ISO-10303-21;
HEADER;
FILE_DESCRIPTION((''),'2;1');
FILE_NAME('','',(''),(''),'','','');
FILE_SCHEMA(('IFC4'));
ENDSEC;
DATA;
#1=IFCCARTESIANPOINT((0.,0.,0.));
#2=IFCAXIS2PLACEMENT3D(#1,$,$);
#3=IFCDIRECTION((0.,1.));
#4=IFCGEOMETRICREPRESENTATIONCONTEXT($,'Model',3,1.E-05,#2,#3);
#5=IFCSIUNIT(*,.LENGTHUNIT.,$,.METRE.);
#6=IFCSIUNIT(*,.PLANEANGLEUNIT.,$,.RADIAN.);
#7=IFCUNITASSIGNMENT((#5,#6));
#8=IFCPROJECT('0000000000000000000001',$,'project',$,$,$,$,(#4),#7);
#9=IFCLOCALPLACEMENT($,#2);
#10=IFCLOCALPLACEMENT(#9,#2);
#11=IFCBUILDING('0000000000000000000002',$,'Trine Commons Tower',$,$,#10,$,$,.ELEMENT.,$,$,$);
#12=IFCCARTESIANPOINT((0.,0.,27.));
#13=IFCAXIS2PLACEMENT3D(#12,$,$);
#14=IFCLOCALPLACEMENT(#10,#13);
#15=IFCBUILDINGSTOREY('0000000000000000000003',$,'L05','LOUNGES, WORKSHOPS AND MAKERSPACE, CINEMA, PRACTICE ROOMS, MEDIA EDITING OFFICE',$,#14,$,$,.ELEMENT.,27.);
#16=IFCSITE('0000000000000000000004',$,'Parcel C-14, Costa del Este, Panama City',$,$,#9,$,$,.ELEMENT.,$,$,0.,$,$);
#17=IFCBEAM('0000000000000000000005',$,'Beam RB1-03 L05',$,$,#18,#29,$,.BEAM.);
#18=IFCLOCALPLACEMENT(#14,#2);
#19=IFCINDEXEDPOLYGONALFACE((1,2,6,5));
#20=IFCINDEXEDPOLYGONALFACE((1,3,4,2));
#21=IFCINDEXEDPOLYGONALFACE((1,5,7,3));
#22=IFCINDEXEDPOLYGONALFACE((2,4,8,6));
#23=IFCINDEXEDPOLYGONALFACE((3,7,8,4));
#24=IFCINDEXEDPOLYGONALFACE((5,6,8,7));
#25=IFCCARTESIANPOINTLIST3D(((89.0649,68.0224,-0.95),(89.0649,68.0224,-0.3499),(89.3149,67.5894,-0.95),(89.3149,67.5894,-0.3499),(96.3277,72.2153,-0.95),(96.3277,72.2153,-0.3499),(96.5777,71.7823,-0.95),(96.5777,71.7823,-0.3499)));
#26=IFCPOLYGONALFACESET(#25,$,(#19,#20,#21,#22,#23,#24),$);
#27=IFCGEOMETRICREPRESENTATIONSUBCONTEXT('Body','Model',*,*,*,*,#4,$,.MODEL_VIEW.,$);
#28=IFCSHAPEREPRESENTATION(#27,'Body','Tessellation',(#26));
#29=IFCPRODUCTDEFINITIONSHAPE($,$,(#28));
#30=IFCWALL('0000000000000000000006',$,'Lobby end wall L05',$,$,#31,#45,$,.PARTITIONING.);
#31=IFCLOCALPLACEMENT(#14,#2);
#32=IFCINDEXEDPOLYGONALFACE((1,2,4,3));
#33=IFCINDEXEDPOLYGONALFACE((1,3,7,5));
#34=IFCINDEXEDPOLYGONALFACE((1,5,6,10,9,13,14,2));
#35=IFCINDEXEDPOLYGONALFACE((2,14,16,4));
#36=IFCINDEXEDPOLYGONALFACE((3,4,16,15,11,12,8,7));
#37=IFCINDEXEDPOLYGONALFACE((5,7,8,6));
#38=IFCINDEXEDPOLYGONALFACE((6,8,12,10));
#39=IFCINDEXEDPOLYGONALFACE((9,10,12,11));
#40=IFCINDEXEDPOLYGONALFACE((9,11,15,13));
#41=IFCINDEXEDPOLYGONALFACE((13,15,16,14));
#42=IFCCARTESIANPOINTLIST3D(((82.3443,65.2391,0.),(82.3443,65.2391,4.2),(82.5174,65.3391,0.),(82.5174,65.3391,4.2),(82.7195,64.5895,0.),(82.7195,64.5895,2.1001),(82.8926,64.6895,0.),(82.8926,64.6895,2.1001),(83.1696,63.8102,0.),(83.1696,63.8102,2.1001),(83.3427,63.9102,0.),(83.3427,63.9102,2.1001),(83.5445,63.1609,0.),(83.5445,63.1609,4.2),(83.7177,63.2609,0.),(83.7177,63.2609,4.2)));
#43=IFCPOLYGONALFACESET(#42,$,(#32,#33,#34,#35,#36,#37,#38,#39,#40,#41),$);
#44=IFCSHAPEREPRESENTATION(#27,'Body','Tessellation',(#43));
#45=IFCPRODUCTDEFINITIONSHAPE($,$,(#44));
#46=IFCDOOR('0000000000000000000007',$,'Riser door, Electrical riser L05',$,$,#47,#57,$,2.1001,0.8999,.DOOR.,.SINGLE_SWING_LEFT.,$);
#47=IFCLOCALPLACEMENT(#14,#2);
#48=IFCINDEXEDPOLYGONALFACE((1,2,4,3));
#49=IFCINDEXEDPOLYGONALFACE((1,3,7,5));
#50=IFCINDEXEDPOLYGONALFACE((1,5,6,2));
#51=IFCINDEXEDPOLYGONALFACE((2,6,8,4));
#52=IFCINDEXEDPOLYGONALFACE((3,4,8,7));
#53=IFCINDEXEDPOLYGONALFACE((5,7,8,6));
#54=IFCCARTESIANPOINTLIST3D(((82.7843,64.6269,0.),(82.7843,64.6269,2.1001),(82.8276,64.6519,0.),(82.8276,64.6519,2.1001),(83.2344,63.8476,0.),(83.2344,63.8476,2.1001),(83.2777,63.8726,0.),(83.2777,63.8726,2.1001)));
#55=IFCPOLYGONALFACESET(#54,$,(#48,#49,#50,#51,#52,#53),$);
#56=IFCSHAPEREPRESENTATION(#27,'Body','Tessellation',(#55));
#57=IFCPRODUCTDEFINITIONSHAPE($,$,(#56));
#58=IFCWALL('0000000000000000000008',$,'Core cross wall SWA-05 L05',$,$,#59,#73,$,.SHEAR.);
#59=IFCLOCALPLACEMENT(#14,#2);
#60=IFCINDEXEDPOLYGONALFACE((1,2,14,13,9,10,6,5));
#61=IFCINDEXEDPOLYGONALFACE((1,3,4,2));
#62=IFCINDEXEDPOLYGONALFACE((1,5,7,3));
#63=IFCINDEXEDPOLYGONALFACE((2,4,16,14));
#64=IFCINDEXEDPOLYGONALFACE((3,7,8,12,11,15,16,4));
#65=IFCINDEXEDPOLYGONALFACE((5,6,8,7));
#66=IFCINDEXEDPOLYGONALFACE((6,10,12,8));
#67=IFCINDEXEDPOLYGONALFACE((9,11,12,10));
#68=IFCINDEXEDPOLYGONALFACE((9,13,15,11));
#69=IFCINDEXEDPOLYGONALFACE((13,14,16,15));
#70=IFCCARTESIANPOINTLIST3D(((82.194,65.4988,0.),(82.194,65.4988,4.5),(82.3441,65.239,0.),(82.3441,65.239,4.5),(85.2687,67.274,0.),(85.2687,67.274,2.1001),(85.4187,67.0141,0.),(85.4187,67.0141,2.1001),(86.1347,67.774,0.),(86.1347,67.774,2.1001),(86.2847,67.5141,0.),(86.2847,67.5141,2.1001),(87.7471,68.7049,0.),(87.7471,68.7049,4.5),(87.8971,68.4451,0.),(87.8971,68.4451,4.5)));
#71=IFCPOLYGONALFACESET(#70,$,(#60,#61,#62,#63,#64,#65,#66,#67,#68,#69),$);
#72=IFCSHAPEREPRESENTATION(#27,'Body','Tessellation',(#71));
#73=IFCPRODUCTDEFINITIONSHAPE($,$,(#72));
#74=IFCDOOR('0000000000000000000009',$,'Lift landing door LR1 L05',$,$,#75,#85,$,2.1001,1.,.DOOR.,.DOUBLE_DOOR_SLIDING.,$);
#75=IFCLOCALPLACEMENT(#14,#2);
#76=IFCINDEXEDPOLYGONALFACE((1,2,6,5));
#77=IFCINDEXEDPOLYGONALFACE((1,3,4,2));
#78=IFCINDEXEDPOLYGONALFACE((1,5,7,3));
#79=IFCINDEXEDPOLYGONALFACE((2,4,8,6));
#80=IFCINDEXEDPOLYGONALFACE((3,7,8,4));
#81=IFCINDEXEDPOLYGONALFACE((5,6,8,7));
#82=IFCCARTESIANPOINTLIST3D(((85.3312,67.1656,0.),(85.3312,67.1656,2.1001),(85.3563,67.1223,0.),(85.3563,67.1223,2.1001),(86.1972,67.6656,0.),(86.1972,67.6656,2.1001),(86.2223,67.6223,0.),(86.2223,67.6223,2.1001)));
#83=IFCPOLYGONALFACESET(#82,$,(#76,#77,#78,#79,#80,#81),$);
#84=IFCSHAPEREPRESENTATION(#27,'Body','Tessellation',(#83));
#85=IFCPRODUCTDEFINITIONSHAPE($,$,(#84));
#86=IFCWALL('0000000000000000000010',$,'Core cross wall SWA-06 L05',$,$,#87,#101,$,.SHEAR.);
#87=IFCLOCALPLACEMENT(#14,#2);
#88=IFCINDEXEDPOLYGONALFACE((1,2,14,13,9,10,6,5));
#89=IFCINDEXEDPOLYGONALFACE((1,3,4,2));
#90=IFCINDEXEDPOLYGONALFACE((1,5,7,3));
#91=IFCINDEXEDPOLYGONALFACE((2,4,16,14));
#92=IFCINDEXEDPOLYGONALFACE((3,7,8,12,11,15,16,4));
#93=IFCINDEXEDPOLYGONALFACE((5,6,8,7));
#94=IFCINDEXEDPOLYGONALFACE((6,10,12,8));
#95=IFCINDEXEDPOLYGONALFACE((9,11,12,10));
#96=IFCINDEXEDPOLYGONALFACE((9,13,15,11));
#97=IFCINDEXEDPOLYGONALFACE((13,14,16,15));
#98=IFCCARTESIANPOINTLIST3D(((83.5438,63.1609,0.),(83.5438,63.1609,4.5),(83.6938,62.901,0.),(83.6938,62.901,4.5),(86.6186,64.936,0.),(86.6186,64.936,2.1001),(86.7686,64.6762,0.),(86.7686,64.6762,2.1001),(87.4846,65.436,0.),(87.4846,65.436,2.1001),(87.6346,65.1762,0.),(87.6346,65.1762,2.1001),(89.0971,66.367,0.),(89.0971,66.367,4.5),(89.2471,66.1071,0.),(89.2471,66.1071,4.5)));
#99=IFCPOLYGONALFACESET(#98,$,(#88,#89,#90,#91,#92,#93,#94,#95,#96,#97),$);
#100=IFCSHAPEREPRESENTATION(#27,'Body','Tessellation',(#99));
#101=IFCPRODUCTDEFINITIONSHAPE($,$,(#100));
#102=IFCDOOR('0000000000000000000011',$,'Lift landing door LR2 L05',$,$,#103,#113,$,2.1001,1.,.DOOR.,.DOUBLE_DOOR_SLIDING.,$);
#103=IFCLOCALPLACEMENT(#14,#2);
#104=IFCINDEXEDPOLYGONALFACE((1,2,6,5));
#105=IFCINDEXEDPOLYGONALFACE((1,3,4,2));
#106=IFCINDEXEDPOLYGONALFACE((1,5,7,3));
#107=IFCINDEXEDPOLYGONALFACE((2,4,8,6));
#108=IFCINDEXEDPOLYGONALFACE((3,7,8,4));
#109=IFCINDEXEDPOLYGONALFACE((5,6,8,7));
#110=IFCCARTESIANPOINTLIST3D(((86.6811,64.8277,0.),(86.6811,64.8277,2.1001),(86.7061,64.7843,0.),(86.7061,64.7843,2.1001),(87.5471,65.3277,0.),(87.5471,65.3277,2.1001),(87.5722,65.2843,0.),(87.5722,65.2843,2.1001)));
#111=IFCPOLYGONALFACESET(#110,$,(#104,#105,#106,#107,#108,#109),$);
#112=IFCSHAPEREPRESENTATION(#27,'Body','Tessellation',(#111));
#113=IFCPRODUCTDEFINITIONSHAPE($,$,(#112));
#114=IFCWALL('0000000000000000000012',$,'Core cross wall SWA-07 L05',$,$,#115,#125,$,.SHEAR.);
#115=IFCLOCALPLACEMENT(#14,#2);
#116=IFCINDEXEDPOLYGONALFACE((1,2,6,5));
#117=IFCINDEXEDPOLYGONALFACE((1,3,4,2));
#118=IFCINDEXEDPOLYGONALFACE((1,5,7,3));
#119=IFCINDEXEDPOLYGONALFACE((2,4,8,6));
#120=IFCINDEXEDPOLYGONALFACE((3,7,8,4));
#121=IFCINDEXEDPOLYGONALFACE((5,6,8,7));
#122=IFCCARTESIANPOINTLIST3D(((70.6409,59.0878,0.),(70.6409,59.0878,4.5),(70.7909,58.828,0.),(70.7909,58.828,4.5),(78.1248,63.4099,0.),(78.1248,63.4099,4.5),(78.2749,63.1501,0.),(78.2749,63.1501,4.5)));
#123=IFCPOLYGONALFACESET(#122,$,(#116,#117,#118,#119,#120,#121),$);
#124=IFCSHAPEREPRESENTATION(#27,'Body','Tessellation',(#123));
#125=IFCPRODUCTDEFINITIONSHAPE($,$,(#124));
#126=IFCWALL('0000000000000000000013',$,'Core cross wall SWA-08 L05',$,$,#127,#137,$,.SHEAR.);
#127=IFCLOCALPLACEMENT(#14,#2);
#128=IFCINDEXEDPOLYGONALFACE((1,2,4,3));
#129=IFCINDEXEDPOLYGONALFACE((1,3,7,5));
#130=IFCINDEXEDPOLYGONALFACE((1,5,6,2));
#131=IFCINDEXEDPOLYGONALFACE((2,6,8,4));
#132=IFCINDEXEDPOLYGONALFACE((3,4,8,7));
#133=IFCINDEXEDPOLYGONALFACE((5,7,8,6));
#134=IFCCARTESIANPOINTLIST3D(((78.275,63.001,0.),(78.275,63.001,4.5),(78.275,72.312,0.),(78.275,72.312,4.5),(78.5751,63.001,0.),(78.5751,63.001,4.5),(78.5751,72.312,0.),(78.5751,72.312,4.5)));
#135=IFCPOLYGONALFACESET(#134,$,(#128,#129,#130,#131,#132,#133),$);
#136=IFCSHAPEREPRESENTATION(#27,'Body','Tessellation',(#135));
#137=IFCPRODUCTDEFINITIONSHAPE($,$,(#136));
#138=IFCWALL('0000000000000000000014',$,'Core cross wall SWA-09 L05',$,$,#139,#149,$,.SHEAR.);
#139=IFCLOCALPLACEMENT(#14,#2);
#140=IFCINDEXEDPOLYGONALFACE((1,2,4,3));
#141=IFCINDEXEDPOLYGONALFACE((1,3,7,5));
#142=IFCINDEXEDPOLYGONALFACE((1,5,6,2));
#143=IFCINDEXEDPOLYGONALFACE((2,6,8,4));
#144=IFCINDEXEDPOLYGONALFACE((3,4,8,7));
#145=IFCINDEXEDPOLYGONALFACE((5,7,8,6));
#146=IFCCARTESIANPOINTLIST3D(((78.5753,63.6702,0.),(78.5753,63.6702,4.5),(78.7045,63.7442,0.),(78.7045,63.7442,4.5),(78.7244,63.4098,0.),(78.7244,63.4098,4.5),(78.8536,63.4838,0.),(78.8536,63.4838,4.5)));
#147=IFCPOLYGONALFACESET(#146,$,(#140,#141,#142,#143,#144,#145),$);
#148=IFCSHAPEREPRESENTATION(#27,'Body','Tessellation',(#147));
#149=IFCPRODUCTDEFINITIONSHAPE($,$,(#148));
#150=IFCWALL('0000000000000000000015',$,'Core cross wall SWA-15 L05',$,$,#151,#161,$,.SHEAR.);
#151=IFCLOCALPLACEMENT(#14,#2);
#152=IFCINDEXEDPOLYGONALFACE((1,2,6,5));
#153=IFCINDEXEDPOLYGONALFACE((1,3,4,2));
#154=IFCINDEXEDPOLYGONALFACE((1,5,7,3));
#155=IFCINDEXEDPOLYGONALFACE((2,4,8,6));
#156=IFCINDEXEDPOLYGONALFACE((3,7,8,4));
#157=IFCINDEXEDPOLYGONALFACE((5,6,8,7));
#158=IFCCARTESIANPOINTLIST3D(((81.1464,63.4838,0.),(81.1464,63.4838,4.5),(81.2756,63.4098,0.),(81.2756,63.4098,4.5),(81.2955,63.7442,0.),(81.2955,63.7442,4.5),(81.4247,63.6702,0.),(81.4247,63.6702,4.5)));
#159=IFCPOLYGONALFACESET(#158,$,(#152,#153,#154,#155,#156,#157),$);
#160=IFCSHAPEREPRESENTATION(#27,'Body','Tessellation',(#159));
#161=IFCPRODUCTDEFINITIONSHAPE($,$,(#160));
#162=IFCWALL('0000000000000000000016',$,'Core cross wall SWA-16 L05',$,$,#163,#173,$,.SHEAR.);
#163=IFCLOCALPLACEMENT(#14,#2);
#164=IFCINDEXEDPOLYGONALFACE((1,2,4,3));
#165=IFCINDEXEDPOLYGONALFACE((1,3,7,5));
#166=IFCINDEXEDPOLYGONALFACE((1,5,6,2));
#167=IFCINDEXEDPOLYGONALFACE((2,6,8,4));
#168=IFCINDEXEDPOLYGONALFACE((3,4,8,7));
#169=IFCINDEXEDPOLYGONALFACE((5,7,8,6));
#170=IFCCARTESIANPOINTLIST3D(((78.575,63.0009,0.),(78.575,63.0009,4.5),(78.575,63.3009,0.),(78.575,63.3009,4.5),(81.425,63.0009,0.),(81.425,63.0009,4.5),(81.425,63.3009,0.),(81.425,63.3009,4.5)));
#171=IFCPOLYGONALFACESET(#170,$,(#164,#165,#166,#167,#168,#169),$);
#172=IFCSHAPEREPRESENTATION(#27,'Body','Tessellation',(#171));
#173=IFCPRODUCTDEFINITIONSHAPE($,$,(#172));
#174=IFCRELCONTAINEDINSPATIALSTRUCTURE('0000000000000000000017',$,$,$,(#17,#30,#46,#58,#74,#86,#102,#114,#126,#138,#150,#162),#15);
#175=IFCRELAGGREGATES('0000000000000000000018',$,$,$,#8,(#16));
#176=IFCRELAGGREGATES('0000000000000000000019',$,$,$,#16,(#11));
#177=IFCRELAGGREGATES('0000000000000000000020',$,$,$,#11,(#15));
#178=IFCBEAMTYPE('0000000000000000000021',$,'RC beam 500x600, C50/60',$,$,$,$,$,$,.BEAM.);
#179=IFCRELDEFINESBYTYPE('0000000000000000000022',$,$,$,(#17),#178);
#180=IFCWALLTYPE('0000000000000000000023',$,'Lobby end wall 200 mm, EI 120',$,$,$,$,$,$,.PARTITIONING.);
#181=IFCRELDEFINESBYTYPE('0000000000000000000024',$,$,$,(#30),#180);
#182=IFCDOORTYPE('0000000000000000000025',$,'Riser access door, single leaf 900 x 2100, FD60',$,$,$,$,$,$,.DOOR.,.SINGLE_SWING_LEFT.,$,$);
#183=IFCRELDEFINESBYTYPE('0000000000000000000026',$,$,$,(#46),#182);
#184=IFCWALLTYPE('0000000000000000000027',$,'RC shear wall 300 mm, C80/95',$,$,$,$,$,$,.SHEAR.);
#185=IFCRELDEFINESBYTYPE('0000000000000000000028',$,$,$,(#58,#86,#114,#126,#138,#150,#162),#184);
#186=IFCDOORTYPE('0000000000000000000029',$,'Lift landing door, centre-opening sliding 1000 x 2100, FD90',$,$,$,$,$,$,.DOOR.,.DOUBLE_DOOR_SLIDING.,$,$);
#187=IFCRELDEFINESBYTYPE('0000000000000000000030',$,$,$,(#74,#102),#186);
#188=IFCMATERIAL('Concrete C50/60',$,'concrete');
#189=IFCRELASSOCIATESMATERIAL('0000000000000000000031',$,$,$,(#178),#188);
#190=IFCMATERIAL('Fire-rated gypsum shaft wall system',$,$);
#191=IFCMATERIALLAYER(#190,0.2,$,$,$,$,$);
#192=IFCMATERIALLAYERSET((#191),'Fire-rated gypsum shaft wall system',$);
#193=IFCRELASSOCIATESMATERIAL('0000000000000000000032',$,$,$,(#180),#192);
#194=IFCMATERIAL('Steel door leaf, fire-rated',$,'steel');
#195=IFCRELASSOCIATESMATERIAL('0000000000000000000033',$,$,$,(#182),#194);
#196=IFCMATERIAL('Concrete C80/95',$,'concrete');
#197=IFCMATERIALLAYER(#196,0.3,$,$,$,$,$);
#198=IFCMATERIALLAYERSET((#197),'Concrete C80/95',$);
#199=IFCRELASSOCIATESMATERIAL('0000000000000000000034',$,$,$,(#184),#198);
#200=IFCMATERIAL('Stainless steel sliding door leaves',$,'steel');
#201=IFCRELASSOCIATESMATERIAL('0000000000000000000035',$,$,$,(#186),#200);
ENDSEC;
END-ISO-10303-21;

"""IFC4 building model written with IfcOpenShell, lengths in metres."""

from ifc_helpers import new_model, si_unit, direction, frame, frame_2d, origin, origin_2d, place, context, subcontext, project, spatial, rectangle, extrude, material, layer, layer_set, material_profile, profile_set, type_object, element, fill, save


model = new_model("IFC4")

# Units and contexts
model_context = context("Model", 3, precision=1e-05, world=origin(), true_north=direction((0.0, 1.0)))
body_context = subcontext(model_context, "Body", "Model", "MODEL_VIEW")
ifc_project = project(units=[si_unit("LENGTHUNIT", "METRE"), si_unit("PLANEANGLEUNIT", "RADIAN")], contexts=[model_context])

# Site, building, storey
site_placement = place(None, origin())
site = spatial("IfcSite", under=ifc_project, at=site_placement, Name="Parcel C-14, Costa del Este, Panama City", CompositionType="ELEMENT", RefElevation=0.0)
building_placement = place(site_placement, origin())
building = spatial("IfcBuilding", under=site, at=building_placement, Name="Trine Commons Tower", CompositionType="ELEMENT")
storey_placement = place(building_placement, frame((0.0, 0.0, 27.0)))
storey = spatial("IfcBuildingStorey", under=building, at=storey_placement, Name="L05", Description="LOUNGES, WORKSHOPS AND MAKERSPACE, CINEMA, PRACTICE ROOMS, MEDIA EDITING OFFICE", CompositionType="ELEMENT", Elevation=27.0)

# Beam
ifc_material_1 = material(Name="Concrete C50/60", Category="concrete")
ifc_material_profile = material_profile(ifc_material_1, rectangle(XDim=0.5, YDim=0.6001, at=origin_2d()), Name="RC 500x600")
ifc_profile_set = profile_set([ifc_material_profile], Name="Concrete C50/60")
beam_type = type_object("IfcBeamType", Name="RC beam 500x600, C50/60", PredefinedType="BEAM", material=ifc_profile_set)
beam_placement = place(storey_placement, frame((89.1899, 67.8059, -0.6499), z_axis=(0.866038, 0.499978, 0.0), x_axis=(-0.499978, 0.866038, 0.0)))
element("IfcBeam", 1, at=beam_placement, inside=storey, type_object=beam_type, Name="Beam RB1-03 L05", PredefinedType="BEAM", context=body_context, shape_type="SweptSolid", body=[
    extrude(rectangle(XDim=0.5, YDim=0.6001, at=origin_2d()), origin(), (0.0, 0.0, 1.0), 8.3862),
])

# Walls, openings, doors
ifc_material_2 = material(Name="Fire-rated gypsum shaft wall system")
ifc_layer_1 = layer(ifc_material_2, 0.2)
ifc_layer_set_1 = layer_set([ifc_layer_1], Name="Fire-rated gypsum shaft wall system")
wall_type_1 = type_object("IfcWallType", Name="Lobby end wall 200 mm, EI 120", PredefinedType="PARTITIONING", material=ifc_layer_set_1)
wall_1_placement = place(storey_placement, frame((83.6311, 63.2109, 0.0), z_axis=(0.0, 0.0, 1.0), x_axis=(-0.500122, 0.865955, 0.0)))
wall_1 = element("IfcWall", 2, at=wall_1_placement, inside=storey, type_object=wall_type_1, Name="Lobby end wall L05", PredefinedType="PARTITIONING", context=body_context, shape_type="SweptSolid", body=[
    extrude(rectangle(XDim=2.3999, YDim=0.2, at=frame_2d((1.2, 0.0))), origin(), (0.0, 0.0, 1.0), 4.2),
])
opening_1_placement = place(wall_1_placement, frame((0.7498, 0.0, 0.0)))
opening_1 = element("IfcOpeningElement", 3, at=opening_1_placement, cuts=wall_1, PredefinedType="OPENING", context=body_context, shape_type="SweptSolid", body=[
    extrude(rectangle(XDim=0.8999, YDim=2.1001, at=frame_2d((0.45, 1.05))), frame((0.0, 0.1099, 0.0), z_axis=(0.0, -1.0, 0.0), x_axis=(1.0, 0.0, 0.0)), (0.0, 0.0, 1.0), 0.22),
])
ifc_material_3 = material(Name="Steel door leaf, fire-rated", Category="steel")
door_type_1 = type_object("IfcDoorType", Name="Riser access door, single leaf 900 x 2100, FD60", OperationType="SINGLE_SWING_LEFT", PredefinedType="DOOR", material=ifc_material_3)
door_1_placement = place(opening_1_placement, frame((0.8999, 0.0, 0.0), z_axis=(0.0, 0.0, 1.0), x_axis=(-1.0, 0.0, 0.0)))
door_1 = element("IfcDoor", 4, at=door_1_placement, inside=storey, type_object=door_type_1, Name="Riser door, Electrical riser L05", OperationType="SINGLE_SWING_LEFT", OverallHeight=2.1001, OverallWidth=0.8999, PredefinedType="DOOR", context=body_context, shape_type="SweptSolid", body=[
    extrude(rectangle(XDim=0.8999, YDim=2.1001, at=frame_2d((0.45, 1.05))), frame((0.0, 0.0249, 0.0), z_axis=(0.0, -1.0, 0.0), x_axis=(1.0, 0.0, 0.0)), (0.0, 0.0, 1.0), 0.05),
])
fill(opening_1, door_1)
ifc_material_4 = material(Name="Concrete C80/95", Category="concrete")
ifc_layer_2 = layer(ifc_material_4, 0.3)
ifc_layer_set_2 = layer_set([ifc_layer_2], Name="Concrete C80/95")
wall_type_2 = type_object("IfcWallType", Name="RC shear wall 300 mm, C80/95", PredefinedType="SHEAR", material=ifc_layer_set_2)
wall_2_placement = place(storey_placement, frame((82.269, 65.3689, 0.0), z_axis=(0.0, 0.0, 1.0), x_axis=(0.866023, 0.500005, 0.0)))
wall_2 = element("IfcWall", 5, at=wall_2_placement, inside=storey, type_object=wall_type_2, Name="Core cross wall SWA-05 L05", PredefinedType="SHEAR", context=body_context, shape_type="SweptSolid", body=[
    extrude(rectangle(XDim=6.4121, YDim=0.3, at=frame_2d((3.2061, 0.0))), origin(), (0.0, 0.0, 1.0), 4.5),
])
opening_2_placement = place(wall_2_placement, frame((3.5503, 0.0, 0.0)))
opening_2 = element("IfcOpeningElement", 6, at=opening_2_placement, cuts=wall_2, PredefinedType="OPENING", context=body_context, shape_type="SweptSolid", body=[
    extrude(rectangle(XDim=1.0, YDim=2.1001, at=frame_2d((0.5, 1.05))), frame((0.0, 0.1599, 0.0), z_axis=(0.0, -1.0, 0.0), x_axis=(1.0, 0.0, 0.0)), (0.0, 0.0, 1.0), 0.3201),
])
ifc_material_5 = material(Name="Stainless steel sliding door leaves", Category="steel")
door_type_2 = type_object("IfcDoorType", Name="Lift landing door, centre-opening sliding 1000 x 2100, FD90", OperationType="DOUBLE_DOOR_SLIDING", PredefinedType="DOOR", material=ifc_material_5)
door_2_placement = place(opening_2_placement, origin())
door_2 = element("IfcDoor", 7, at=door_2_placement, inside=storey, type_object=door_type_2, Name="Lift landing door LR1 L05", OperationType="DOUBLE_DOOR_SLIDING", OverallHeight=2.1001, OverallWidth=1.0, PredefinedType="DOOR", context=body_context, shape_type="SweptSolid", body=[
    extrude(rectangle(XDim=1.0, YDim=2.1001, at=frame_2d((0.5, 1.05))), frame((0.0, 0.0249, 0.0), z_axis=(0.0, -1.0, 0.0), x_axis=(1.0, 0.0, 0.0)), (0.0, 0.0, 1.0), 0.05),
])
fill(opening_2, door_2)
wall_3_placement = place(storey_placement, frame((83.6189, 63.031, 0.0), z_axis=(0.0, 0.0, 1.0), x_axis=(0.866032, 0.499988, 0.0)))
wall_3 = element("IfcWall", 8, at=wall_3_placement, inside=storey, type_object=wall_type_2, Name="Core cross wall SWA-06 L05", PredefinedType="SHEAR", context=body_context, shape_type="SweptSolid", body=[
    extrude(rectangle(XDim=6.4124, YDim=0.3, at=frame_2d((3.2061, 0.0))), origin(), (0.0, 0.0, 1.0), 4.5),
])
opening_3_placement = place(wall_3_placement, frame((3.5503, 0.0, 0.0)))
opening_3 = element("IfcOpeningElement", 9, at=opening_3_placement, cuts=wall_3, PredefinedType="OPENING", context=body_context, shape_type="SweptSolid", body=[
    extrude(rectangle(XDim=1.0, YDim=2.1001, at=frame_2d((0.5, 1.05))), frame((0.0, 0.1599, 0.0), z_axis=(0.0, -1.0, 0.0), x_axis=(1.0, 0.0, 0.0)), (0.0, 0.0, 1.0), 0.3201),
])
door_3_placement = place(opening_3_placement, origin())
door_3 = element("IfcDoor", 10, at=door_3_placement, inside=storey, type_object=door_type_2, Name="Lift landing door LR2 L05", OperationType="DOUBLE_DOOR_SLIDING", OverallHeight=2.1001, OverallWidth=1.0, PredefinedType="DOOR", context=body_context, shape_type="SweptSolid", body=[
    extrude(rectangle(XDim=1.0, YDim=2.1001, at=frame_2d((0.5, 1.05))), frame((0.0, 0.0249, 0.0), z_axis=(0.0, -1.0, 0.0), x_axis=(1.0, 0.0, 0.0)), (0.0, 0.0, 1.0), 0.05),
])
fill(opening_3, door_3)

# Walls
wall_4_placement = place(storey_placement, frame((78.2, 63.28, 0.0), z_axis=(0.0, 0.0, 1.0), x_axis=(-0.865965, -0.500104, 0.0)))
element("IfcWall", 11, at=wall_4_placement, inside=storey, type_object=wall_type_2, Name="Core cross wall SWA-07 L05", PredefinedType="SHEAR", context=body_context, shape_type="SweptSolid", body=[
    extrude(rectangle(XDim=8.6423, YDim=0.3, at=frame_2d((4.3213, 0.0))), origin(), (0.0, 0.0, 1.0), 4.5),
])
wall_5_placement = place(storey_placement, frame((78.425, 63.001, 0.0), z_axis=(0.0, 0.0, 1.0), x_axis=(0.0, 1.0, 0.0)))
element("IfcWall", 12, at=wall_5_placement, inside=storey, type_object=wall_type_2, Name="Core cross wall SWA-08 L05", PredefinedType="SHEAR", context=body_context, shape_type="SweptSolid", body=[
    extrude(rectangle(XDim=9.311, YDim=0.3, at=frame_2d((4.6555, 0.0))), origin(), (0.0, 0.0, 1.0), 4.5),
])
for number, where, z_axis, x_axis, name in (
    (13, (78.7791, 63.614, 0.0), (0.0, 0.0, 1.0), (-0.867738, -0.497022, 0.0), "Core cross wall SWA-09 L05"),
    (14, (81.2209, 63.614, 0.0), (0.0, 0.0, 1.0), (0.867738, -0.497022, 0.0), "Core cross wall SWA-15 L05"),
):
    element("IfcWall", number, at=place(storey_placement, frame(where, z_axis=z_axis, x_axis=x_axis)), inside=storey, type_object=wall_type_2, Name=name, PredefinedType="SHEAR", context=body_context, shape_type="SweptSolid", body=[
        extrude(rectangle(XDim=0.1489, YDim=0.3, at=frame_2d((0.0745, 0.0))), origin(), (0.0, 0.0, 1.0), 4.5),
    ])
wall_6_placement = place(storey_placement, frame((81.425, 63.1509, 0.0), z_axis=(0.0, 0.0, 1.0), x_axis=(-1.0, 0.0, 0.0)))
element("IfcWall", 15, at=wall_6_placement, inside=storey, type_object=wall_type_2, Name="Core cross wall SWA-16 L05", PredefinedType="SHEAR", context=body_context, shape_type="SweptSolid", body=[
    extrude(rectangle(XDim=2.8501, YDim=0.3, at=frame_2d((1.425, 0.0))), origin(), (0.0, 0.0, 1.0), 4.5),
])

save(model, "model.ifc")
